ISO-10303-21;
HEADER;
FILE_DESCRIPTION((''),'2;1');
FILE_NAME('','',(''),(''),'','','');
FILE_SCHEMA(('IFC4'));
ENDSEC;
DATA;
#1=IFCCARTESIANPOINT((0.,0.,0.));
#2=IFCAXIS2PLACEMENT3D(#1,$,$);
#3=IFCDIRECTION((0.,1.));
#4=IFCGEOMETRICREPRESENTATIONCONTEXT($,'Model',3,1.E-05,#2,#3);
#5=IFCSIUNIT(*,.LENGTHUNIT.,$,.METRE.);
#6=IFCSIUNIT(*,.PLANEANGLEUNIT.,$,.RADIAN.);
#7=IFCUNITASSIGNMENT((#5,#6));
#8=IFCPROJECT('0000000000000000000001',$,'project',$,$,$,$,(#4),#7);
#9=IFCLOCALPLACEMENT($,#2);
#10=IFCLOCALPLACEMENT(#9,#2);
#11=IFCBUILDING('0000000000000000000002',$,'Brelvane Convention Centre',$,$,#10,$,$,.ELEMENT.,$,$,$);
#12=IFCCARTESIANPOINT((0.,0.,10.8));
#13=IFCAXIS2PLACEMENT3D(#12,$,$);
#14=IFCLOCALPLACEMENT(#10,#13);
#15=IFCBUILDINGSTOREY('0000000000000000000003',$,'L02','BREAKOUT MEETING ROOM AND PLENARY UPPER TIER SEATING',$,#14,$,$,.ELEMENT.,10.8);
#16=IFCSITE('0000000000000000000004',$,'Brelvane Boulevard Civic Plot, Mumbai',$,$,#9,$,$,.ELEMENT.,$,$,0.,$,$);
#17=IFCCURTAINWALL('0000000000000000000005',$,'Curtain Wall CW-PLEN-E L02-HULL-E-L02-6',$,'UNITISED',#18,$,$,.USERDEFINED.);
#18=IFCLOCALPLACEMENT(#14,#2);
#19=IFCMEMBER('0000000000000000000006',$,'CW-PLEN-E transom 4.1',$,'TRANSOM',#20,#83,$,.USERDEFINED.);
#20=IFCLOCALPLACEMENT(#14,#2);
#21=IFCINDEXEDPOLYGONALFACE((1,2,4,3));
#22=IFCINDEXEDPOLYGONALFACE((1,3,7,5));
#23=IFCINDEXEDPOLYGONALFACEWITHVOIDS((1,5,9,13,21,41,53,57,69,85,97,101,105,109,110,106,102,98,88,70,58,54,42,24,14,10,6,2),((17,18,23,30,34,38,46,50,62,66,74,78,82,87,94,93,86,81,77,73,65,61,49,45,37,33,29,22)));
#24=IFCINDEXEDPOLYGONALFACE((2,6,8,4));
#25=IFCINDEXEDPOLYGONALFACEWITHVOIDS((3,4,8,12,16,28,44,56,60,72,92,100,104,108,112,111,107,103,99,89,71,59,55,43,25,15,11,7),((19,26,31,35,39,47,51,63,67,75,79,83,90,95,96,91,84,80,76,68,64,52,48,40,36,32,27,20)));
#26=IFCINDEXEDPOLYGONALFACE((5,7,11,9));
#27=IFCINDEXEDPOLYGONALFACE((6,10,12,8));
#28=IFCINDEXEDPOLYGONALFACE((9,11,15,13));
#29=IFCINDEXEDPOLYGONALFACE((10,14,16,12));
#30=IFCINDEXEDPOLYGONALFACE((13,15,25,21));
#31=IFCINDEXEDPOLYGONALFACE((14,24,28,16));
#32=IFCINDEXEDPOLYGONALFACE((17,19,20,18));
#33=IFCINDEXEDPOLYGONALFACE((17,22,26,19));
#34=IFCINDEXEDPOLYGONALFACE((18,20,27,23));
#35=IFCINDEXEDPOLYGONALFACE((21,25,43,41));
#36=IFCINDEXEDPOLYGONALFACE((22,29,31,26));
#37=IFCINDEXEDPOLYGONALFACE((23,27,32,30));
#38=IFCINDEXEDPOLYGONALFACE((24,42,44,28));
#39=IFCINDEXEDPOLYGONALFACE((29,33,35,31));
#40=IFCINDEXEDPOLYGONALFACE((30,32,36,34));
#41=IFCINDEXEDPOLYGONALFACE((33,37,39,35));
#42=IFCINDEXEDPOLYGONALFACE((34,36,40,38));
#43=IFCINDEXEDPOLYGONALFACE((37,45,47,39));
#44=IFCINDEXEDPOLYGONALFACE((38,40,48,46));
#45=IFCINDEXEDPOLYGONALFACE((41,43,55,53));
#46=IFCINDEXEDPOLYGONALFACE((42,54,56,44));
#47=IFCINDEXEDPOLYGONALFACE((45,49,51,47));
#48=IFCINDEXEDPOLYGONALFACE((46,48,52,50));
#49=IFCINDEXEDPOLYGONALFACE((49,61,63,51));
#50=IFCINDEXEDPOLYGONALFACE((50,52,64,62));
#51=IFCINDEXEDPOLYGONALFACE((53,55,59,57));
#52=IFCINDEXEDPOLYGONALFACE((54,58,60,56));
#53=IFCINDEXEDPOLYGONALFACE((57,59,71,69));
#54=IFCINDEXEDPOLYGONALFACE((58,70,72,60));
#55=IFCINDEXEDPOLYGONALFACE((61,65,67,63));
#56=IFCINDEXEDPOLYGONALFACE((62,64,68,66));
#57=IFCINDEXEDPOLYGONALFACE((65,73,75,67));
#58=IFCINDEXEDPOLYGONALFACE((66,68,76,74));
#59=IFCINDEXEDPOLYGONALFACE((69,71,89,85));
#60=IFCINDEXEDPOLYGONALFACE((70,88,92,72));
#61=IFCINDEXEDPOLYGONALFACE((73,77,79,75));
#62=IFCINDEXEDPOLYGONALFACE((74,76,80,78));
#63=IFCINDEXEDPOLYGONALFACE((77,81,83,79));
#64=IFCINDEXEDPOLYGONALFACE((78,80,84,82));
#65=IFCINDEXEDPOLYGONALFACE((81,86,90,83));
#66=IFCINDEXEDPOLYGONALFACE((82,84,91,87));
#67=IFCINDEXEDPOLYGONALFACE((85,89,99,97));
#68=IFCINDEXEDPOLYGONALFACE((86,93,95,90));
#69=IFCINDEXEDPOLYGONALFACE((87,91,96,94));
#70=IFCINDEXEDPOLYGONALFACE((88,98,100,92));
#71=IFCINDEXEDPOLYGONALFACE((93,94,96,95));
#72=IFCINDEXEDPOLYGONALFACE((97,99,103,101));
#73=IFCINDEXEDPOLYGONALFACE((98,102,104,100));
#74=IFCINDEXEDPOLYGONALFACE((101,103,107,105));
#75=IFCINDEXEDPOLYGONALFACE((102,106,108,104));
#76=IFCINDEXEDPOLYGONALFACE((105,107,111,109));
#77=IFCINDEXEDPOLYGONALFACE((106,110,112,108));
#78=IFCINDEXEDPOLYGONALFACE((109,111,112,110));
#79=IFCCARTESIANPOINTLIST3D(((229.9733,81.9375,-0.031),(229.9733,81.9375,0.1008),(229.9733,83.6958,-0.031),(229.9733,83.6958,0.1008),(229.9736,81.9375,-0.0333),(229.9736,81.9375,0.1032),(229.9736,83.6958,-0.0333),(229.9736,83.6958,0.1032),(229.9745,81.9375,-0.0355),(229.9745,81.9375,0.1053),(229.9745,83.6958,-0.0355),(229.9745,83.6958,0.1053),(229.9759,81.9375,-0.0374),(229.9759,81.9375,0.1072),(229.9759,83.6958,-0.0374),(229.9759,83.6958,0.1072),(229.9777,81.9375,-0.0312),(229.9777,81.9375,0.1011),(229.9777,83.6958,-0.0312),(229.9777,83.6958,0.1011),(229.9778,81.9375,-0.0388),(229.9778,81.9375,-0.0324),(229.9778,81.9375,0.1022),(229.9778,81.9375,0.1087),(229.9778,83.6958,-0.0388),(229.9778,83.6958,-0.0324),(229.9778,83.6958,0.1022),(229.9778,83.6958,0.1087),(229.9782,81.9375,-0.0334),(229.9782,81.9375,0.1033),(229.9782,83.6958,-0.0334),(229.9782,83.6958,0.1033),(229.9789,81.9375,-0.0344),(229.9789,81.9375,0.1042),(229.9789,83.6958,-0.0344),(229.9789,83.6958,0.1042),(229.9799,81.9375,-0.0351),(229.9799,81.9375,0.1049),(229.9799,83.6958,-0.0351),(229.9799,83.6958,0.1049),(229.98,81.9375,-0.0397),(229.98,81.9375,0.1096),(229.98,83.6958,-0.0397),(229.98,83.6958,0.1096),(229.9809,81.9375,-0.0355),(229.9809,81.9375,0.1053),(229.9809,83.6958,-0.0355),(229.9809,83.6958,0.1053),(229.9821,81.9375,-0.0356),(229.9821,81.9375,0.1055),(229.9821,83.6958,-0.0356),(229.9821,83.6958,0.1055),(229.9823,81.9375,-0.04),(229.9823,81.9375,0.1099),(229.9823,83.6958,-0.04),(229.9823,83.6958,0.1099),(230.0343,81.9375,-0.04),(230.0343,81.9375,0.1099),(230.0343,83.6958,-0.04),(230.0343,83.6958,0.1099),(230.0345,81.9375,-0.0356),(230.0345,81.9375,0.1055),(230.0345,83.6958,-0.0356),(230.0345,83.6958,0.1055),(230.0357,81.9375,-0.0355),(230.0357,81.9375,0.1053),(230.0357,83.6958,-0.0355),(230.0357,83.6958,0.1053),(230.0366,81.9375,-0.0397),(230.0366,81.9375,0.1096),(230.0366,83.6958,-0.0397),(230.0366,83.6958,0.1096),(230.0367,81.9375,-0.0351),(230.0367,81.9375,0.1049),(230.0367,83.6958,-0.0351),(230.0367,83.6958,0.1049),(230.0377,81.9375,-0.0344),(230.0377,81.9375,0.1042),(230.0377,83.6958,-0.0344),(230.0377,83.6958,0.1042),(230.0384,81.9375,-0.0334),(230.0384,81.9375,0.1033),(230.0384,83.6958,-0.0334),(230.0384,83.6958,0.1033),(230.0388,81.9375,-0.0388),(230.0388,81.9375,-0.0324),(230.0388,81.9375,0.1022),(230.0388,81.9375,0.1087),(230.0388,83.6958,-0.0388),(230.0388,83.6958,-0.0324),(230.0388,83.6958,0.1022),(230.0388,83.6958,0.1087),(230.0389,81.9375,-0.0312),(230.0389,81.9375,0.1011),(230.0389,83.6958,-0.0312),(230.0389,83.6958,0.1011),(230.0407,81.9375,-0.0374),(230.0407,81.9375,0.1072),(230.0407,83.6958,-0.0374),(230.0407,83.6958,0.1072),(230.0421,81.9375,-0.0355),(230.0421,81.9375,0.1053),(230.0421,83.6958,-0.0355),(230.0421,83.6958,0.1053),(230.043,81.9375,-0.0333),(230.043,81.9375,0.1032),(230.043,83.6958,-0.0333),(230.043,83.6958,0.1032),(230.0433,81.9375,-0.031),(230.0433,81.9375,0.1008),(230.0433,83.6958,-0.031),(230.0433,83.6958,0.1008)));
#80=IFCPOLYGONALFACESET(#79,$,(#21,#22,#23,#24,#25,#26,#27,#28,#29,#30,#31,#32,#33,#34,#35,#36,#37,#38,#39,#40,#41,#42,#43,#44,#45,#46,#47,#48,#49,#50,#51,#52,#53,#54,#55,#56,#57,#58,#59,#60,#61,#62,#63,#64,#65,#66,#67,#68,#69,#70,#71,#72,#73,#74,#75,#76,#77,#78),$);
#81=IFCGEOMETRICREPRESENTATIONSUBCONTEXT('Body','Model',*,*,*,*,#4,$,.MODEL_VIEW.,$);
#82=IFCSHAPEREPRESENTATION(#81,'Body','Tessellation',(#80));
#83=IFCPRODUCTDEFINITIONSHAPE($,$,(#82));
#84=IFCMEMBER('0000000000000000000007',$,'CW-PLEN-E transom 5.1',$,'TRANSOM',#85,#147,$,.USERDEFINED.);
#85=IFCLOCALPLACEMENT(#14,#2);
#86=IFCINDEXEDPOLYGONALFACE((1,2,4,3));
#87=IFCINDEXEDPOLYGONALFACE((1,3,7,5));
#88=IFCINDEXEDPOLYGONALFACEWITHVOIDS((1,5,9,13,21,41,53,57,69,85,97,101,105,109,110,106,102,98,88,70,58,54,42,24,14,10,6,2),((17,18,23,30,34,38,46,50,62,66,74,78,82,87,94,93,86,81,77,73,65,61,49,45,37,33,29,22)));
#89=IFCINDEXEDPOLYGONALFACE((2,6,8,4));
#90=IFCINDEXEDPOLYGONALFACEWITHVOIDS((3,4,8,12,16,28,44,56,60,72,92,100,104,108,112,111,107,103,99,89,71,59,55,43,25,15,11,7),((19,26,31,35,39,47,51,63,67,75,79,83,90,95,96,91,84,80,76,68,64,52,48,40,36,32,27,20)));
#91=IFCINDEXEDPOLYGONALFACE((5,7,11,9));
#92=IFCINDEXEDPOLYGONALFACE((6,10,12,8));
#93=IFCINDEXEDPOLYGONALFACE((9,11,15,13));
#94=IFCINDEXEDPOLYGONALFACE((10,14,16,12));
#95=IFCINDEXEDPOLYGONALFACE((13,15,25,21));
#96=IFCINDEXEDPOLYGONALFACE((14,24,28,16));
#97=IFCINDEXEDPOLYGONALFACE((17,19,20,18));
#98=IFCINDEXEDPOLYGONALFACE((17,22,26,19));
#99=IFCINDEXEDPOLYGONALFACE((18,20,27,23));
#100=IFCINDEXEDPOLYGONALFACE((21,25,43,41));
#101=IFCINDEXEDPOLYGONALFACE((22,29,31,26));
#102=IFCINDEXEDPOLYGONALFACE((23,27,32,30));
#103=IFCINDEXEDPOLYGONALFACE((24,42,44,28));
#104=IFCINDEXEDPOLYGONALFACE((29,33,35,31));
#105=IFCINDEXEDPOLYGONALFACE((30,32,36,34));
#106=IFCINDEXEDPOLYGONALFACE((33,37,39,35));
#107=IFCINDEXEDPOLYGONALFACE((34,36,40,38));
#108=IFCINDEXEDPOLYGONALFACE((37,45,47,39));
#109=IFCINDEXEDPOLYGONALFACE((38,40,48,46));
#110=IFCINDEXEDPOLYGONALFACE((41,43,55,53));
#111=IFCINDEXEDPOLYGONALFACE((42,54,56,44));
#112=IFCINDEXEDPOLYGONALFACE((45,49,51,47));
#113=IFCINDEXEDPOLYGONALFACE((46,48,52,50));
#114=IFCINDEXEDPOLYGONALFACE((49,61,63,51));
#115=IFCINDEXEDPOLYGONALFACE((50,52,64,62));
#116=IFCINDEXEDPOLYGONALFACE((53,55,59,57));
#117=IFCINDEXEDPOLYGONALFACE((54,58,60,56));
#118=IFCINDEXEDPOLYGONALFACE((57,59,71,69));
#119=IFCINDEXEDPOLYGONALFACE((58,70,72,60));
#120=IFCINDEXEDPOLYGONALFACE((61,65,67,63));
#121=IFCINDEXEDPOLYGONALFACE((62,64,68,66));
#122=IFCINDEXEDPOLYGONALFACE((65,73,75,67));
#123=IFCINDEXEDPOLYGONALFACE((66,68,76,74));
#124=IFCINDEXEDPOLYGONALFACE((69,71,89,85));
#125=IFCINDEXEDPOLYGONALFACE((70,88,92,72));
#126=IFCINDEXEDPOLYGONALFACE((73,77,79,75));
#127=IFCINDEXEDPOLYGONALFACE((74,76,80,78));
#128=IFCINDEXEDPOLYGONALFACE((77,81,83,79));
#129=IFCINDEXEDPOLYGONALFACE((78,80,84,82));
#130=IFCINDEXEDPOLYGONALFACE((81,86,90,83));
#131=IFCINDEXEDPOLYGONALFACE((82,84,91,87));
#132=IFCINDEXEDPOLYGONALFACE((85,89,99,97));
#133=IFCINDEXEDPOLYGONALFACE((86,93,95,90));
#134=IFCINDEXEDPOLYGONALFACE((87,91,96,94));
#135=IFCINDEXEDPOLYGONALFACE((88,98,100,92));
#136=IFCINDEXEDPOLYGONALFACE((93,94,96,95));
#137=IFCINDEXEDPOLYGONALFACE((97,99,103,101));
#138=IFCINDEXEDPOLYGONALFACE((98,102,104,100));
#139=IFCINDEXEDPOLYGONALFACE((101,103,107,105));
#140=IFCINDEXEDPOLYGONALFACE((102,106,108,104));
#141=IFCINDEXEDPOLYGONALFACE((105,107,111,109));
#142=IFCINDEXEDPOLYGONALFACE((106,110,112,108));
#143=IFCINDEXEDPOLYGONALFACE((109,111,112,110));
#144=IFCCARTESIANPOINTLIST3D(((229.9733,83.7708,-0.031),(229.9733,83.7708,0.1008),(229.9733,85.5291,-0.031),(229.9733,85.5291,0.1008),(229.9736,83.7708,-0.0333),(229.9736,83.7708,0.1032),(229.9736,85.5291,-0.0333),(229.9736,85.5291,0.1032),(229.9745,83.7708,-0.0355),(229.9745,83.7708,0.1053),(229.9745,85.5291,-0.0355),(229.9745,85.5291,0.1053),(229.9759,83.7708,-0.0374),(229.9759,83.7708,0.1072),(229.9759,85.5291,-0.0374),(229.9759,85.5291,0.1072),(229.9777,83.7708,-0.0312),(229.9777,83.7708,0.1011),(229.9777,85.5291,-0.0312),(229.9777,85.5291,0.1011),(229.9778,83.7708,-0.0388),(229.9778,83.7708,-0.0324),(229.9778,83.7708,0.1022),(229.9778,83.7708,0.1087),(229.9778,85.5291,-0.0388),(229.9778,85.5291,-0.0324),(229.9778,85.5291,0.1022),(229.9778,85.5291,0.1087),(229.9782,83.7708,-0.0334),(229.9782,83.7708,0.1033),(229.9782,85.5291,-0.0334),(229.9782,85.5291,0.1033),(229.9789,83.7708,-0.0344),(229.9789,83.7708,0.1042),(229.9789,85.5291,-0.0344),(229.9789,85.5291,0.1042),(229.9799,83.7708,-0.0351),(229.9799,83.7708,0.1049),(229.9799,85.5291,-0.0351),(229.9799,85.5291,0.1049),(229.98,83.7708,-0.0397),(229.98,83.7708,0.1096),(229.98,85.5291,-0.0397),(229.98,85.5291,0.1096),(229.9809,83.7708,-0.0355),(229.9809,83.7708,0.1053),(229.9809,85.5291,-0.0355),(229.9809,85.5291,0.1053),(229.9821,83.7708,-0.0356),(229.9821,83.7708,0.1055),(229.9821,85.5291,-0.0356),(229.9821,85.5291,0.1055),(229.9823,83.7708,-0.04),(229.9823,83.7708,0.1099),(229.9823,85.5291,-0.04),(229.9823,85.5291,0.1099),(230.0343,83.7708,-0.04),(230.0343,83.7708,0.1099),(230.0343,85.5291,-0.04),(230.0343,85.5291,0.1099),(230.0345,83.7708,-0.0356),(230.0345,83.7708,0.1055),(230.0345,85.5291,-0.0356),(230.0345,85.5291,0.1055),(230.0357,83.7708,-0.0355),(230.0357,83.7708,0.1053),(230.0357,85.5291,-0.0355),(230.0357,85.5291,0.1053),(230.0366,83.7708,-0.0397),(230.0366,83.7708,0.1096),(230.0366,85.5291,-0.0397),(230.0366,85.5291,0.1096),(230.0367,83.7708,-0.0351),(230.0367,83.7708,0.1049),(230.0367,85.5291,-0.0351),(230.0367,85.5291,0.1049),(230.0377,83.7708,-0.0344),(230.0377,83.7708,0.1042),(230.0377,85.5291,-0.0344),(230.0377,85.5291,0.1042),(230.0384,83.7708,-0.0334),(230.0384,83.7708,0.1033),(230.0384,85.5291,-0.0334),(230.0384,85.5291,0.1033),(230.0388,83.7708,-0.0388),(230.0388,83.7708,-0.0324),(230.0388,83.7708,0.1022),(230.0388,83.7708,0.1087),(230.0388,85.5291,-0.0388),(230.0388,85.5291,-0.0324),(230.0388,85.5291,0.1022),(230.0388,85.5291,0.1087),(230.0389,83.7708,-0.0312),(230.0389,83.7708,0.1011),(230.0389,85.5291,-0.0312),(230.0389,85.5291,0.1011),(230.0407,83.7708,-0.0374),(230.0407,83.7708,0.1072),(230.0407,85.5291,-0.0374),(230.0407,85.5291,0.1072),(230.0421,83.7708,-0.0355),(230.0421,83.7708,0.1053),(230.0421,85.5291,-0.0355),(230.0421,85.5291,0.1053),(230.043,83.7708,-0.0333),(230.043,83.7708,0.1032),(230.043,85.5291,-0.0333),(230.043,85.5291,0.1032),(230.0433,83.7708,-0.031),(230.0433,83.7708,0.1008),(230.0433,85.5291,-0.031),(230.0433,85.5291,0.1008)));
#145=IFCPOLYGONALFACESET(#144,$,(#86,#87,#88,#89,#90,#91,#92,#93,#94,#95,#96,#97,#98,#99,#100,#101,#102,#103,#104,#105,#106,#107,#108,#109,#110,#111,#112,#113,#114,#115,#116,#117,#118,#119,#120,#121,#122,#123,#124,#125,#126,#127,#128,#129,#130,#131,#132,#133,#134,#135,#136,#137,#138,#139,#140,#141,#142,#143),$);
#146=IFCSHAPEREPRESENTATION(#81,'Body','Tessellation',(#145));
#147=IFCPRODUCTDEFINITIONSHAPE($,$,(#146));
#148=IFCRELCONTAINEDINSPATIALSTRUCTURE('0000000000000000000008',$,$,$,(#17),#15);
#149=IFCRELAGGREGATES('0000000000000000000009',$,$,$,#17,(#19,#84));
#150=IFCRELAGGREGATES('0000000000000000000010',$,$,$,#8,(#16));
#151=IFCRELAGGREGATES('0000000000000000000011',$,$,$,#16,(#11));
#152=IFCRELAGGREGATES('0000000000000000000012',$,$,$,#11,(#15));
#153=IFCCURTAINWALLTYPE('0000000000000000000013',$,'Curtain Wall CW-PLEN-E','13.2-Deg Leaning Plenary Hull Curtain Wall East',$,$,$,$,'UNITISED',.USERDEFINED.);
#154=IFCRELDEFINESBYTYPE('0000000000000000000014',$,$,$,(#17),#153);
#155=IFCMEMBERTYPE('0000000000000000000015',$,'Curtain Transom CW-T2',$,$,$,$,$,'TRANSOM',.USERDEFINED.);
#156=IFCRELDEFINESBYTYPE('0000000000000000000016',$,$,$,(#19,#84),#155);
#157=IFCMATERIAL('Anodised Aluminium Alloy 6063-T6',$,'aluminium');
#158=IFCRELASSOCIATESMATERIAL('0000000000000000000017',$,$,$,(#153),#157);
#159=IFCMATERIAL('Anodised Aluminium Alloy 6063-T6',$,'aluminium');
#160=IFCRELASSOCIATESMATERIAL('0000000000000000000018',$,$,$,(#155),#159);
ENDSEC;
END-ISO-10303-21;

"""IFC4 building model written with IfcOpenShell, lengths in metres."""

from ifc_helpers import new_model, si_unit, direction, frame, origin, origin_2d, place, context, subcontext, project, spatial, hollow_rectangle, extrude, material, material_profile, profile_set, type_object, element, aggregate, save


model = new_model("IFC4")

# Units and contexts
model_context = context("Model", 3, precision=1e-05, world=origin(), true_north=direction((0.0, 1.0)))
body_context = subcontext(model_context, "Body", "Model", "MODEL_VIEW")
ifc_project = project(units=[si_unit("LENGTHUNIT", "METRE"), si_unit("PLANEANGLEUNIT", "RADIAN")], contexts=[model_context])

# Site, building, storey
site_placement = place(None, origin())
site = spatial("IfcSite", under=ifc_project, at=site_placement, Name="Brelvane Boulevard Civic Plot, Mumbai", CompositionType="ELEMENT", RefElevation=0.0)
building_placement = place(site_placement, origin())
building = spatial("IfcBuilding", under=site, at=building_placement, Name="Brelvane Convention Centre", CompositionType="ELEMENT")
storey_placement = place(building_placement, frame((0.0, 0.0, 10.8)))
storey = spatial("IfcBuildingStorey", under=building, at=storey_placement, Name="L02", Description="BREAKOUT MEETING ROOM AND PLENARY UPPER TIER SEATING", CompositionType="ELEMENT", Elevation=10.8)

# Curtain wall
ifc_material_1 = material(Name="Anodised Aluminium Alloy 6063-T6", Category="aluminium")
curtain_wall_type = type_object("IfcCurtainWallType", Name="Curtain Wall CW-PLEN-E", Description="13.2-Deg Leaning Plenary Hull Curtain Wall East", ElementType="UNITISED", PredefinedType="USERDEFINED", material=ifc_material_1)
curtain_wall_1_placement = place(storey_placement, origin())
curtain_wall_1 = element("IfcCurtainWall", 1, at=curtain_wall_1_placement, inside=storey, type_object=curtain_wall_type, Name="Curtain Wall CW-PLEN-E L02-HULL-E-L02-6", ObjectType="UNITISED", PredefinedType="USERDEFINED")

# Members
ifc_material_2 = material(Name="Anodised Aluminium Alloy 6063-T6", Category="aluminium")
ifc_material_profile_1 = material_profile(ifc_material_2, hollow_rectangle(XDim=0.0701, YDim=0.1499, WallThickness=0.0044, InnerFilletRadius=0.0044, OuterFilletRadius=0.009, at=origin_2d()), Name="ALU-T 150x70x4.5")
ifc_profile_set_1 = profile_set([ifc_material_profile_1], Name="Anodised Aluminium Alloy 6063-T6")
member_type_1 = type_object("IfcMemberType", Name="Curtain Transom CW-T2", ElementType="TRANSOM", PredefinedType="USERDEFINED", material=ifc_profile_set_1)
member_1_placement = place(storey_placement, frame((230.0083, 81.9375, 0.0349), z_axis=(0.0, 1.0, 0.0), x_axis=(-1.0, 0.0, 0.0)))
member_1 = element("IfcMember", 2, at=member_1_placement, type_object=member_type_1, Name="CW-PLEN-E transom 4.1", ObjectType="TRANSOM", PredefinedType="USERDEFINED", context=body_context, shape_type="SweptSolid", body=[
    extrude(hollow_rectangle(XDim=0.0701, YDim=0.1499, WallThickness=0.0044, InnerFilletRadius=0.0044, OuterFilletRadius=0.009, at=origin_2d()), origin(), (0.0, 0.0, 1.0), 1.7583),
])
member_2_placement = place(storey_placement, frame((230.0083, 83.7708, 0.0349), z_axis=(0.0, 1.0, 0.0), x_axis=(-1.0, 0.0, 0.0)))
member_2 = element("IfcMember", 3, at=member_2_placement, type_object=member_type_1, Name="CW-PLEN-E transom 5.1", ObjectType="TRANSOM", PredefinedType="USERDEFINED", context=body_context, shape_type="SweptSolid", body=[
    extrude(hollow_rectangle(XDim=0.0701, YDim=0.1499, WallThickness=0.0044, InnerFilletRadius=0.0044, OuterFilletRadius=0.009, at=origin_2d()), origin(), (0.0, 0.0, 1.0), 1.7583),
])
aggregate(curtain_wall_1, [member_1, member_2])

save(model, "model.ifc")
